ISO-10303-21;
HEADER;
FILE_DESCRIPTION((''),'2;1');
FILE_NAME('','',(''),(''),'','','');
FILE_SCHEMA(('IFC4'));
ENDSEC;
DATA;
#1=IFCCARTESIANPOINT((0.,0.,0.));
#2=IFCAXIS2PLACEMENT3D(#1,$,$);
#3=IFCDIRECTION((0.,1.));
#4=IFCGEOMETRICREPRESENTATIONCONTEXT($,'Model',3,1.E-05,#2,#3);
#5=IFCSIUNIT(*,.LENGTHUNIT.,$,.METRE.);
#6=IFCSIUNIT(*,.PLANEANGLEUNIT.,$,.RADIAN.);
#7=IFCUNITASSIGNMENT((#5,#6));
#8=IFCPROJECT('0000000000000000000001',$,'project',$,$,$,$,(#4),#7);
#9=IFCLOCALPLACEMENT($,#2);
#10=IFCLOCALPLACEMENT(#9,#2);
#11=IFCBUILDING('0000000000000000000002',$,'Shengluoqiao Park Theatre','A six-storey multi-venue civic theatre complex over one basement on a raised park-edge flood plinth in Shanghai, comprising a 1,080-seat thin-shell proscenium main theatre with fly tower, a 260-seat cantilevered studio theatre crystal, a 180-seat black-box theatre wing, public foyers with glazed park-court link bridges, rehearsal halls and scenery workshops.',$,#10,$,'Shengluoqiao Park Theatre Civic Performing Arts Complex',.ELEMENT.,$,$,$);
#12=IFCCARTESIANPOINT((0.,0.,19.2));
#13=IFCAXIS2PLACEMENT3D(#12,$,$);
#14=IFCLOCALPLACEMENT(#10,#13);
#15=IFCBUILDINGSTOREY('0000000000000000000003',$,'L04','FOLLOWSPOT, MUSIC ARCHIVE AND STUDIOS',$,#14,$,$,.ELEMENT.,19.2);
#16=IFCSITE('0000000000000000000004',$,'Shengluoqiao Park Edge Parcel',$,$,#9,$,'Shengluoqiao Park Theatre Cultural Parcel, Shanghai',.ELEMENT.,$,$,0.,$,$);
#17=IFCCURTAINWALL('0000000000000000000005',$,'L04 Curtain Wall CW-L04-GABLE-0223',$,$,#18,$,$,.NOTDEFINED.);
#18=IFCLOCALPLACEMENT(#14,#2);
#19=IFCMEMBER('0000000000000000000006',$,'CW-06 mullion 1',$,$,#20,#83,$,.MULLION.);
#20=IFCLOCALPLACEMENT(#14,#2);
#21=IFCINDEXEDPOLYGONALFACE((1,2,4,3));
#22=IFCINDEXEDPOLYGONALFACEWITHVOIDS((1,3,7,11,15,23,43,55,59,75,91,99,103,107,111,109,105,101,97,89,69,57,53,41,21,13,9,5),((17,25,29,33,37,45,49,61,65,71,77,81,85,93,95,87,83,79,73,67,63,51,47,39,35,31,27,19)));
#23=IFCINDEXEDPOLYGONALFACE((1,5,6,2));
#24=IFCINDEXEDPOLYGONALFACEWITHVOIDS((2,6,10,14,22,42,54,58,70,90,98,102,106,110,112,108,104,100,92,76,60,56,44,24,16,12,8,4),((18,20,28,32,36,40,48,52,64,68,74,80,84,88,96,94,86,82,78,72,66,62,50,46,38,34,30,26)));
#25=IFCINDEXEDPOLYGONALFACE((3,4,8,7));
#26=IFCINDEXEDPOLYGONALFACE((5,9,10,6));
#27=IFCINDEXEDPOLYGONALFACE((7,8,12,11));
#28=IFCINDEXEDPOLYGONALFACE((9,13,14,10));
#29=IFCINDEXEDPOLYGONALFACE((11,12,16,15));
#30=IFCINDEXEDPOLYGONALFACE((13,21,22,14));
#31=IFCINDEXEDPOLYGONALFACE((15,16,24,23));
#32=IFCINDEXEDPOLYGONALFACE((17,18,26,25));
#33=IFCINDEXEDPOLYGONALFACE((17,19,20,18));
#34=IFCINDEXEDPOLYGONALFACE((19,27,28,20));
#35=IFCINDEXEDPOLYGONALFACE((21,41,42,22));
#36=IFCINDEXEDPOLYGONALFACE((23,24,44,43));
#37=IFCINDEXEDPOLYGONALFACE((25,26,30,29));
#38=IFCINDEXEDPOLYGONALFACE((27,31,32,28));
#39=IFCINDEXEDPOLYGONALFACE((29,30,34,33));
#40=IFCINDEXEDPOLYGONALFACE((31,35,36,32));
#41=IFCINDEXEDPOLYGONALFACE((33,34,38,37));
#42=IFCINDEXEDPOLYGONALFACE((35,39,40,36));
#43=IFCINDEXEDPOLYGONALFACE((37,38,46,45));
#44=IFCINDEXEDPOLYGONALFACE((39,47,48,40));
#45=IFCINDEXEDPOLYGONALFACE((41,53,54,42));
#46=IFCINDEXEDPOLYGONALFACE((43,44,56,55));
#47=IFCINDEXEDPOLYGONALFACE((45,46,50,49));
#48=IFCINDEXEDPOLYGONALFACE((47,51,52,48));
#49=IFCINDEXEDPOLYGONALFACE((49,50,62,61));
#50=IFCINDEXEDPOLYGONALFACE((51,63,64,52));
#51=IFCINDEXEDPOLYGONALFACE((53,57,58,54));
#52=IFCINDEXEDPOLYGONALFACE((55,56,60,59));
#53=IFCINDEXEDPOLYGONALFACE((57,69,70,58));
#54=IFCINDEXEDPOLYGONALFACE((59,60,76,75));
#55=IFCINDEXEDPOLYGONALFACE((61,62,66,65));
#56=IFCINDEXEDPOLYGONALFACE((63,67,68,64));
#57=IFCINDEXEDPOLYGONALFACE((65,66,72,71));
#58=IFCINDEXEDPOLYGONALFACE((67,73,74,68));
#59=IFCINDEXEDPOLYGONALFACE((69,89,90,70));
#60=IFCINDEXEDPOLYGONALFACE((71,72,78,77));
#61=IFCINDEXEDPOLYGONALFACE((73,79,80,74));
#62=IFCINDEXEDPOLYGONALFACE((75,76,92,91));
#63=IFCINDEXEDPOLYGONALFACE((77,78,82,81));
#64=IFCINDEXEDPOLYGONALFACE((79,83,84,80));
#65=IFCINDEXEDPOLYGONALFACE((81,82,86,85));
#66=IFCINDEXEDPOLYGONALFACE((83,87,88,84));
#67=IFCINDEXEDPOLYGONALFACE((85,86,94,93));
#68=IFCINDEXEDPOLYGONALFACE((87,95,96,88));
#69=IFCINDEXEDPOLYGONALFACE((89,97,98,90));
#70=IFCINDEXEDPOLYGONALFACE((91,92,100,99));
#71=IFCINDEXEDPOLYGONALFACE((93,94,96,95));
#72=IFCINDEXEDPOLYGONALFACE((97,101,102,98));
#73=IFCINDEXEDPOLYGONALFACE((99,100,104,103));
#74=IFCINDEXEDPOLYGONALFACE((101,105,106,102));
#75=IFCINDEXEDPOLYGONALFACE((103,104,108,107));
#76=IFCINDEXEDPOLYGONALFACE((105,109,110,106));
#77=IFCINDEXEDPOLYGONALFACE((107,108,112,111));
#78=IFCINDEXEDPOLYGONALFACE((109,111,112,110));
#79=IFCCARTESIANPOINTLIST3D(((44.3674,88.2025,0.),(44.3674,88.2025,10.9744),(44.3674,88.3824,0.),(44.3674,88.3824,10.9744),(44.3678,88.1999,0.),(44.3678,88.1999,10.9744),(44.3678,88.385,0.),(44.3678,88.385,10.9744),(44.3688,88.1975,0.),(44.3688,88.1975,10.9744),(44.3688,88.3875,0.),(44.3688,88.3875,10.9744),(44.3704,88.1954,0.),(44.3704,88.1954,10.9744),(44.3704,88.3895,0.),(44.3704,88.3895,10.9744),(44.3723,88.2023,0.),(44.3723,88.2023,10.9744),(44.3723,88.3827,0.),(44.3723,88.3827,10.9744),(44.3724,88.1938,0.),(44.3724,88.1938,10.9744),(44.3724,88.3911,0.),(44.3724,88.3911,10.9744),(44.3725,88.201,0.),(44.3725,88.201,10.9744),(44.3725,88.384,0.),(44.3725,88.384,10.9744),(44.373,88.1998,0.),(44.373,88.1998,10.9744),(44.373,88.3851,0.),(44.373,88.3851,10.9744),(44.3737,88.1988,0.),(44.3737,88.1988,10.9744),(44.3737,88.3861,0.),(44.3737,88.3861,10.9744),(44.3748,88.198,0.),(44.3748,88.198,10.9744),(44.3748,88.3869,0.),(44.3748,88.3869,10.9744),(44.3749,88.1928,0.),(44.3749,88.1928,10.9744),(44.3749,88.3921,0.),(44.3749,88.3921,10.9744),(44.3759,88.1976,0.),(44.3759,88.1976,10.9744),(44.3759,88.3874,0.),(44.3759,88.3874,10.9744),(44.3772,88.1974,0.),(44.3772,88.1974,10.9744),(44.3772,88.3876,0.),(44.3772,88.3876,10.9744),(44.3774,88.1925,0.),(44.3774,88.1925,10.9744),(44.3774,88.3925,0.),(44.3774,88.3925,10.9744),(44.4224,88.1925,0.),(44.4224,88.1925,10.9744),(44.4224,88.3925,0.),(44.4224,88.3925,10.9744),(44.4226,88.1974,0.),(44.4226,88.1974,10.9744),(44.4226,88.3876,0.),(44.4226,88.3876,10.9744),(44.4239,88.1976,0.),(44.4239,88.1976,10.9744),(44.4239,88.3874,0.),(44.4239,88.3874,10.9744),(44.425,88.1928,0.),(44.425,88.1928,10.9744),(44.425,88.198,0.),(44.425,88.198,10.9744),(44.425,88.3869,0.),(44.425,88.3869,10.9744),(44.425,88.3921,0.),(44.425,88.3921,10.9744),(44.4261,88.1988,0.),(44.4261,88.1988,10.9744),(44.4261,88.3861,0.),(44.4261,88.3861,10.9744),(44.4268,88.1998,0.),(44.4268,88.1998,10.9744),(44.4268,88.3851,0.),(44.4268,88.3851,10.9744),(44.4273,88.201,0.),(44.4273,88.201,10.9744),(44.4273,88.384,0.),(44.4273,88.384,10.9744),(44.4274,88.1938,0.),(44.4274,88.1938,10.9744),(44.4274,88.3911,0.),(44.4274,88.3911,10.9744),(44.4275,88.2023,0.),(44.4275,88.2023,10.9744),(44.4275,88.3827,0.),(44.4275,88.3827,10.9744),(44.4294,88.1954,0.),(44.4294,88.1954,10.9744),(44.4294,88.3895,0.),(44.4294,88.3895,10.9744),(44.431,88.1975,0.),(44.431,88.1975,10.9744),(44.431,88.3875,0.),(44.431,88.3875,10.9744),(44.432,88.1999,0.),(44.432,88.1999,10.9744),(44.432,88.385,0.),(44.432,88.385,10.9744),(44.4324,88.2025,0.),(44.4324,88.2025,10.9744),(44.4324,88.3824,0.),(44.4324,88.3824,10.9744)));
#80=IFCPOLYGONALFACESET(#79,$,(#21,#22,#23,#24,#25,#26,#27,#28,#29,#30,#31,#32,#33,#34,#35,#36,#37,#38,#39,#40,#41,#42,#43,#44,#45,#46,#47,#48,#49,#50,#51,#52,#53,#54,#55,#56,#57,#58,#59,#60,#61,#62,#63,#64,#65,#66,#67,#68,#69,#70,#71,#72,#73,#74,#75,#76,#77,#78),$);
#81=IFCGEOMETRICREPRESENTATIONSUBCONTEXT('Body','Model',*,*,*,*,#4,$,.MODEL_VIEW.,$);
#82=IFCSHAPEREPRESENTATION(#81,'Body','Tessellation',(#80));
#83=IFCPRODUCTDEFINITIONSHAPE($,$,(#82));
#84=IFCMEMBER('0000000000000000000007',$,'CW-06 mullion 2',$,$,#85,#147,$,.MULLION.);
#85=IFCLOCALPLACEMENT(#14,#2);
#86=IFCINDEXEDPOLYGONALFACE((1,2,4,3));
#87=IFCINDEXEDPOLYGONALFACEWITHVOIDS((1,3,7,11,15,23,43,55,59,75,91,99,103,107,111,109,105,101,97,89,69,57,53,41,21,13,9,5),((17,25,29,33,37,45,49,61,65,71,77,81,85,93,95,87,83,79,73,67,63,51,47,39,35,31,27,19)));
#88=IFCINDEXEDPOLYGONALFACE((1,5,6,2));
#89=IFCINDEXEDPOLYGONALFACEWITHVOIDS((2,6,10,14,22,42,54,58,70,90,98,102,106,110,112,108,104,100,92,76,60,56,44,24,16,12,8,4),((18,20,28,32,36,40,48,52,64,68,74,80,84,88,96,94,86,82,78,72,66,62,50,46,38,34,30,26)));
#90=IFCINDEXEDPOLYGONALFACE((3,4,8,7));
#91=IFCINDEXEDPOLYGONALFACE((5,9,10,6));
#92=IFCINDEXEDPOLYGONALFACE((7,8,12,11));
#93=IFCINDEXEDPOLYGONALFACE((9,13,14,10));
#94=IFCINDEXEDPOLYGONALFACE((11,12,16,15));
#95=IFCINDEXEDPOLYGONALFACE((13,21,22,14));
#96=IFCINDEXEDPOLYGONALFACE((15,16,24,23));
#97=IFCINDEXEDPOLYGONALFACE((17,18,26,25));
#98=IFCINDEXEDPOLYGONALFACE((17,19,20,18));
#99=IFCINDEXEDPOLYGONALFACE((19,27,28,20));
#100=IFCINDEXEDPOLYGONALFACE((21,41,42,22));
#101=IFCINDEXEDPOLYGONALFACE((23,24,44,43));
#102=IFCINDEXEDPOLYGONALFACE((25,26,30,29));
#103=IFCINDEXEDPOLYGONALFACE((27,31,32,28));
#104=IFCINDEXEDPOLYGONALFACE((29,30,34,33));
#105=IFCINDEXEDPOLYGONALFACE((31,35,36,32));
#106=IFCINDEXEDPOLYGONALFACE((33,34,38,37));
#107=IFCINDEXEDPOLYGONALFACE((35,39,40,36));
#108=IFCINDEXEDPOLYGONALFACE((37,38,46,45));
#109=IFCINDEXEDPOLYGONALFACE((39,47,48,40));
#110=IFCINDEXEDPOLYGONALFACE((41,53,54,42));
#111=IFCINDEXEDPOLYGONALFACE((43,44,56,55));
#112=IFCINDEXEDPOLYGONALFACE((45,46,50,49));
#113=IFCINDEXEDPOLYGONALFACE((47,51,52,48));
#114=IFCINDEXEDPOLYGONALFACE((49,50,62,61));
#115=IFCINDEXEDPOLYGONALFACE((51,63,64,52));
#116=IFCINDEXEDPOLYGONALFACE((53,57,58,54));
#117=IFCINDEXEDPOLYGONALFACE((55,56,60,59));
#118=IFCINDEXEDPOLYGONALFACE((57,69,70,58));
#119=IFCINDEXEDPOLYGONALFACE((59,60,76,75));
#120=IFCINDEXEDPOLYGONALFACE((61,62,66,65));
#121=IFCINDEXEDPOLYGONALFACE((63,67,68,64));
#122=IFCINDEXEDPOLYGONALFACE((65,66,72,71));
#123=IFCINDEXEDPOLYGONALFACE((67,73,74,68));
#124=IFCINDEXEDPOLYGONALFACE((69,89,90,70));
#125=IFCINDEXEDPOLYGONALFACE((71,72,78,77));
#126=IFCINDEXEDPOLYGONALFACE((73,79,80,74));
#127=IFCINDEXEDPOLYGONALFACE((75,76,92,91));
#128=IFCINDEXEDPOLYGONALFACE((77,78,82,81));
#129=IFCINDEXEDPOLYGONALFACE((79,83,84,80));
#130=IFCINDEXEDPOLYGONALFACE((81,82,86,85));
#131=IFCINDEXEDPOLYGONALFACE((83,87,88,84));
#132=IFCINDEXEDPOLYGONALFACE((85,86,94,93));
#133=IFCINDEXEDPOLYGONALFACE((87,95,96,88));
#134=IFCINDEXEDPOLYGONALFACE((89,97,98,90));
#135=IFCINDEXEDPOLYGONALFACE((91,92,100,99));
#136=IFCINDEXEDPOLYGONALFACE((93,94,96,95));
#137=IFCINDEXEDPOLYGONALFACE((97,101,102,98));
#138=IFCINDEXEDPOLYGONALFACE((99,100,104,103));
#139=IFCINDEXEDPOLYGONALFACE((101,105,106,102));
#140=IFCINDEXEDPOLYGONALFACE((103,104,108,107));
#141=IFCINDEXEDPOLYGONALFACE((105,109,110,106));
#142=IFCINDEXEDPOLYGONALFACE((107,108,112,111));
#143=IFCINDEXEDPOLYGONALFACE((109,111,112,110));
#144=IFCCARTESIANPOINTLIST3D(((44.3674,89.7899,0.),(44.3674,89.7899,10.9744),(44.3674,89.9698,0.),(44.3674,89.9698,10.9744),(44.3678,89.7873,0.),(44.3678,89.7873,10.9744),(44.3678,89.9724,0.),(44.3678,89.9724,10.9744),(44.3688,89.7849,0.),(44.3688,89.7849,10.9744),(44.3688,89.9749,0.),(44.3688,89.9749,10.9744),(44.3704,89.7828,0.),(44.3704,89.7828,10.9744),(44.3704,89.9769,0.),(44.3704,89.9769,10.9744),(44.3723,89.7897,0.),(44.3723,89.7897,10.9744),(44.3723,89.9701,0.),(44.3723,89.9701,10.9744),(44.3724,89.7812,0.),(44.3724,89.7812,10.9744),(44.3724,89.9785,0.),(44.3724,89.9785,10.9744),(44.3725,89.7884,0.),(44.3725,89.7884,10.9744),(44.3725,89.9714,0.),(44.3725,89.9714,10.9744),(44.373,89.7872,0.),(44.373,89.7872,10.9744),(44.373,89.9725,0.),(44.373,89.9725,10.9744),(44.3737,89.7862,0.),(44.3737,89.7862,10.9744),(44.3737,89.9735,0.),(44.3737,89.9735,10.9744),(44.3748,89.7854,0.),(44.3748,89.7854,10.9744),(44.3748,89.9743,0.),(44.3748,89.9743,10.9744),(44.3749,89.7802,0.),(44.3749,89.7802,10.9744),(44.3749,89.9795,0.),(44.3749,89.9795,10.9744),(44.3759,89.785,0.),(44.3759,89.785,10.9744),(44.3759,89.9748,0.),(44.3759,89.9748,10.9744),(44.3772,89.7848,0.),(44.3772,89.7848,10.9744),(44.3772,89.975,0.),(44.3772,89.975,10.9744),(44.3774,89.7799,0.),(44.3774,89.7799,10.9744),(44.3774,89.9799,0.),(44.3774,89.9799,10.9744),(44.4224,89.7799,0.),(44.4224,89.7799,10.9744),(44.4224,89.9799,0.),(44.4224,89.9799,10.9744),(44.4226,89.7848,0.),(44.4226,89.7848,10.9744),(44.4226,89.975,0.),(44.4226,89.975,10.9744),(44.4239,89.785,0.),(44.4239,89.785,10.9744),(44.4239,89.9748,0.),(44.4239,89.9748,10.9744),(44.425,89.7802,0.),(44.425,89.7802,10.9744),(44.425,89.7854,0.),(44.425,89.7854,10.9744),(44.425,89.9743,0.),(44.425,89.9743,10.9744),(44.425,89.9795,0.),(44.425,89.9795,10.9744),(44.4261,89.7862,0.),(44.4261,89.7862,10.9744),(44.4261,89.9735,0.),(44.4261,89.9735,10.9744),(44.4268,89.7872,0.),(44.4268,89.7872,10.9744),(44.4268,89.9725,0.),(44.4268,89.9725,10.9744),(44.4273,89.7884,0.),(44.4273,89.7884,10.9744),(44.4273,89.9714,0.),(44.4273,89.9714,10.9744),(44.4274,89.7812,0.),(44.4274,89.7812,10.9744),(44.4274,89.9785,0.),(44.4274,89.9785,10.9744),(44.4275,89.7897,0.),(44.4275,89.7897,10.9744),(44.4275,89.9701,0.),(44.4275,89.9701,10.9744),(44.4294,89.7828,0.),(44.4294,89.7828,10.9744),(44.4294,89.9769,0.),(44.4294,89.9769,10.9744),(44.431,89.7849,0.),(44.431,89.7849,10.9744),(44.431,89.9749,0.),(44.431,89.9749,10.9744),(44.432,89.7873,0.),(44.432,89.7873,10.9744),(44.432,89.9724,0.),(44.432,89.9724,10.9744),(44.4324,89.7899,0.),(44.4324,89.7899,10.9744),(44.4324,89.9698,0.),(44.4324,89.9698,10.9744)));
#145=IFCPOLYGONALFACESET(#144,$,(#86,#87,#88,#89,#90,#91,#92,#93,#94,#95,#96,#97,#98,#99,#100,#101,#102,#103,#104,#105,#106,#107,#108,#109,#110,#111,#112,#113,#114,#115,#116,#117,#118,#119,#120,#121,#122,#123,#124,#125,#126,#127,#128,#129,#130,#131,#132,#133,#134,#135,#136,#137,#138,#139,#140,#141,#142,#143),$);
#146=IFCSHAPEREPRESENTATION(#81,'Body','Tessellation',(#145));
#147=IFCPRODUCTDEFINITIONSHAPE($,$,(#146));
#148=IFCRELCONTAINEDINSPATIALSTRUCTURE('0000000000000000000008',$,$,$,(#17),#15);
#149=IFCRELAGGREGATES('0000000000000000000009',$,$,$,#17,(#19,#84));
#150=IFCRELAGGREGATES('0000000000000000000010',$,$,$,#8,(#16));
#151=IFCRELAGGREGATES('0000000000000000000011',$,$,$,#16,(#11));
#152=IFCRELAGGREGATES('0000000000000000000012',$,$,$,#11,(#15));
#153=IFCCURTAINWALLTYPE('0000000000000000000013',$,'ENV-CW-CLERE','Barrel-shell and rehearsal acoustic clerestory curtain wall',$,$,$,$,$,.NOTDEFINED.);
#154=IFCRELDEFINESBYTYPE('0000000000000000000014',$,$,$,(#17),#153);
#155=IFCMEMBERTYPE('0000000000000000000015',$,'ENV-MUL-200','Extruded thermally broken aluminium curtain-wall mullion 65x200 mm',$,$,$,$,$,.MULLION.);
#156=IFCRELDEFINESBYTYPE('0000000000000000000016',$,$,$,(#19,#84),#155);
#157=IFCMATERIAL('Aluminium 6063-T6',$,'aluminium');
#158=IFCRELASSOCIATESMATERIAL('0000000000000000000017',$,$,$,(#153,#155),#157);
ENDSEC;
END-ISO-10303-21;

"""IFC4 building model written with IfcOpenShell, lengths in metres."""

from ifc_helpers import new_model, si_unit, direction, frame, origin, origin_2d, place, context, subcontext, project, spatial, hollow_rectangle, extrude, material, material_profile, profile_set, type_object, element, aggregate, save


model = new_model("IFC4")

# Units and contexts
model_context = context("Model", 3, precision=1e-05, world=origin(), true_north=direction((0.0, 1.0)))
body_context = subcontext(model_context, "Body", "Model", "MODEL_VIEW")
ifc_project = project(units=[si_unit("LENGTHUNIT", "METRE"), si_unit("PLANEANGLEUNIT", "RADIAN")], contexts=[model_context])

# Site, building, storey
site_placement = place(None, origin())
site = spatial("IfcSite", under=ifc_project, at=site_placement, Name="Shengluoqiao Park Edge Parcel", LongName="Shengluoqiao Park Theatre Cultural Parcel, Shanghai", CompositionType="ELEMENT", RefElevation=0.0)
building_placement = place(site_placement, origin())
building = spatial("IfcBuilding", under=site, at=building_placement, Name="Shengluoqiao Park Theatre", Description="A six-storey multi-venue civic theatre complex over one basement on a raised park-edge flood plinth in Shanghai, comprising a 1,080-seat thin-shell proscenium main theatre with fly tower, a 260-seat cantilevered studio theatre crystal, a 180-seat black-box theatre wing, public foyers with glazed park-court link bridges, rehearsal halls and scenery workshops.", LongName="Shengluoqiao Park Theatre Civic Performing Arts Complex", CompositionType="ELEMENT")
storey_placement = place(building_placement, frame((0.0, 0.0, 19.2)))
storey = spatial("IfcBuildingStorey", under=building, at=storey_placement, Name="L04", Description="FOLLOWSPOT, MUSIC ARCHIVE AND STUDIOS", CompositionType="ELEMENT", Elevation=19.2)

# Curtain wall, members
ifc_material_1 = material(Name="Aluminium 6063-T6", Category="aluminium")
curtain_wall_type = type_object("IfcCurtainWallType", Name="ENV-CW-CLERE", Description="Barrel-shell and rehearsal acoustic clerestory curtain wall", PredefinedType="NOTDEFINED", material=ifc_material_1)
curtain_wall_placement = place(storey_placement, origin())
curtain_wall = element("IfcCurtainWall", 1, at=curtain_wall_placement, inside=storey, type_object=curtain_wall_type, Name="L04 Curtain Wall CW-L04-GABLE-0223", PredefinedType="NOTDEFINED")
ifc_material_profile_1 = material_profile(ifc_material_1, hollow_rectangle(XDim=0.0649, YDim=0.2, WallThickness=0.0049, InnerFilletRadius=0.0049, OuterFilletRadius=0.01, at=origin_2d()), Name="ALU MULLION 200x65x5")
ifc_profile_set_1 = profile_set([ifc_material_profile_1], Name="Aluminium 6063-T6")
member_type_1 = type_object("IfcMemberType", Name="ENV-MUL-200", Description="Extruded thermally broken aluminium curtain-wall mullion 65x200 mm", PredefinedType="MULLION", material=ifc_profile_set_1)
member_1_placement = place(storey_placement, frame((44.3999, 88.2925, 0.0), z_axis=(0.0, 0.0, 1.0), x_axis=(-1.0, 0.0, 0.0)))
member_1 = element("IfcMember", 2, at=member_1_placement, type_object=member_type_1, Name="CW-06 mullion 1", PredefinedType="MULLION", context=body_context, shape_type="SweptSolid", body=[
    extrude(hollow_rectangle(XDim=0.0649, YDim=0.2, WallThickness=0.0049, InnerFilletRadius=0.0049, OuterFilletRadius=0.01, at=origin_2d()), origin(), (0.0, 0.0, 1.0), 10.9744),
])
member_2_placement = place(storey_placement, frame((44.3999, 89.8799, 0.0), z_axis=(0.0, 0.0, 1.0), x_axis=(-1.0, 0.0, 0.0)))
member_2 = element("IfcMember", 3, at=member_2_placement, type_object=member_type_1, Name="CW-06 mullion 2", PredefinedType="MULLION", context=body_context, shape_type="SweptSolid", body=[
    extrude(hollow_rectangle(XDim=0.0649, YDim=0.2, WallThickness=0.0049, InnerFilletRadius=0.0049, OuterFilletRadius=0.01, at=origin_2d()), origin(), (0.0, 0.0, 1.0), 10.9744),
])
aggregate(curtain_wall, [member_1, member_2])

save(model, "model.ifc")
